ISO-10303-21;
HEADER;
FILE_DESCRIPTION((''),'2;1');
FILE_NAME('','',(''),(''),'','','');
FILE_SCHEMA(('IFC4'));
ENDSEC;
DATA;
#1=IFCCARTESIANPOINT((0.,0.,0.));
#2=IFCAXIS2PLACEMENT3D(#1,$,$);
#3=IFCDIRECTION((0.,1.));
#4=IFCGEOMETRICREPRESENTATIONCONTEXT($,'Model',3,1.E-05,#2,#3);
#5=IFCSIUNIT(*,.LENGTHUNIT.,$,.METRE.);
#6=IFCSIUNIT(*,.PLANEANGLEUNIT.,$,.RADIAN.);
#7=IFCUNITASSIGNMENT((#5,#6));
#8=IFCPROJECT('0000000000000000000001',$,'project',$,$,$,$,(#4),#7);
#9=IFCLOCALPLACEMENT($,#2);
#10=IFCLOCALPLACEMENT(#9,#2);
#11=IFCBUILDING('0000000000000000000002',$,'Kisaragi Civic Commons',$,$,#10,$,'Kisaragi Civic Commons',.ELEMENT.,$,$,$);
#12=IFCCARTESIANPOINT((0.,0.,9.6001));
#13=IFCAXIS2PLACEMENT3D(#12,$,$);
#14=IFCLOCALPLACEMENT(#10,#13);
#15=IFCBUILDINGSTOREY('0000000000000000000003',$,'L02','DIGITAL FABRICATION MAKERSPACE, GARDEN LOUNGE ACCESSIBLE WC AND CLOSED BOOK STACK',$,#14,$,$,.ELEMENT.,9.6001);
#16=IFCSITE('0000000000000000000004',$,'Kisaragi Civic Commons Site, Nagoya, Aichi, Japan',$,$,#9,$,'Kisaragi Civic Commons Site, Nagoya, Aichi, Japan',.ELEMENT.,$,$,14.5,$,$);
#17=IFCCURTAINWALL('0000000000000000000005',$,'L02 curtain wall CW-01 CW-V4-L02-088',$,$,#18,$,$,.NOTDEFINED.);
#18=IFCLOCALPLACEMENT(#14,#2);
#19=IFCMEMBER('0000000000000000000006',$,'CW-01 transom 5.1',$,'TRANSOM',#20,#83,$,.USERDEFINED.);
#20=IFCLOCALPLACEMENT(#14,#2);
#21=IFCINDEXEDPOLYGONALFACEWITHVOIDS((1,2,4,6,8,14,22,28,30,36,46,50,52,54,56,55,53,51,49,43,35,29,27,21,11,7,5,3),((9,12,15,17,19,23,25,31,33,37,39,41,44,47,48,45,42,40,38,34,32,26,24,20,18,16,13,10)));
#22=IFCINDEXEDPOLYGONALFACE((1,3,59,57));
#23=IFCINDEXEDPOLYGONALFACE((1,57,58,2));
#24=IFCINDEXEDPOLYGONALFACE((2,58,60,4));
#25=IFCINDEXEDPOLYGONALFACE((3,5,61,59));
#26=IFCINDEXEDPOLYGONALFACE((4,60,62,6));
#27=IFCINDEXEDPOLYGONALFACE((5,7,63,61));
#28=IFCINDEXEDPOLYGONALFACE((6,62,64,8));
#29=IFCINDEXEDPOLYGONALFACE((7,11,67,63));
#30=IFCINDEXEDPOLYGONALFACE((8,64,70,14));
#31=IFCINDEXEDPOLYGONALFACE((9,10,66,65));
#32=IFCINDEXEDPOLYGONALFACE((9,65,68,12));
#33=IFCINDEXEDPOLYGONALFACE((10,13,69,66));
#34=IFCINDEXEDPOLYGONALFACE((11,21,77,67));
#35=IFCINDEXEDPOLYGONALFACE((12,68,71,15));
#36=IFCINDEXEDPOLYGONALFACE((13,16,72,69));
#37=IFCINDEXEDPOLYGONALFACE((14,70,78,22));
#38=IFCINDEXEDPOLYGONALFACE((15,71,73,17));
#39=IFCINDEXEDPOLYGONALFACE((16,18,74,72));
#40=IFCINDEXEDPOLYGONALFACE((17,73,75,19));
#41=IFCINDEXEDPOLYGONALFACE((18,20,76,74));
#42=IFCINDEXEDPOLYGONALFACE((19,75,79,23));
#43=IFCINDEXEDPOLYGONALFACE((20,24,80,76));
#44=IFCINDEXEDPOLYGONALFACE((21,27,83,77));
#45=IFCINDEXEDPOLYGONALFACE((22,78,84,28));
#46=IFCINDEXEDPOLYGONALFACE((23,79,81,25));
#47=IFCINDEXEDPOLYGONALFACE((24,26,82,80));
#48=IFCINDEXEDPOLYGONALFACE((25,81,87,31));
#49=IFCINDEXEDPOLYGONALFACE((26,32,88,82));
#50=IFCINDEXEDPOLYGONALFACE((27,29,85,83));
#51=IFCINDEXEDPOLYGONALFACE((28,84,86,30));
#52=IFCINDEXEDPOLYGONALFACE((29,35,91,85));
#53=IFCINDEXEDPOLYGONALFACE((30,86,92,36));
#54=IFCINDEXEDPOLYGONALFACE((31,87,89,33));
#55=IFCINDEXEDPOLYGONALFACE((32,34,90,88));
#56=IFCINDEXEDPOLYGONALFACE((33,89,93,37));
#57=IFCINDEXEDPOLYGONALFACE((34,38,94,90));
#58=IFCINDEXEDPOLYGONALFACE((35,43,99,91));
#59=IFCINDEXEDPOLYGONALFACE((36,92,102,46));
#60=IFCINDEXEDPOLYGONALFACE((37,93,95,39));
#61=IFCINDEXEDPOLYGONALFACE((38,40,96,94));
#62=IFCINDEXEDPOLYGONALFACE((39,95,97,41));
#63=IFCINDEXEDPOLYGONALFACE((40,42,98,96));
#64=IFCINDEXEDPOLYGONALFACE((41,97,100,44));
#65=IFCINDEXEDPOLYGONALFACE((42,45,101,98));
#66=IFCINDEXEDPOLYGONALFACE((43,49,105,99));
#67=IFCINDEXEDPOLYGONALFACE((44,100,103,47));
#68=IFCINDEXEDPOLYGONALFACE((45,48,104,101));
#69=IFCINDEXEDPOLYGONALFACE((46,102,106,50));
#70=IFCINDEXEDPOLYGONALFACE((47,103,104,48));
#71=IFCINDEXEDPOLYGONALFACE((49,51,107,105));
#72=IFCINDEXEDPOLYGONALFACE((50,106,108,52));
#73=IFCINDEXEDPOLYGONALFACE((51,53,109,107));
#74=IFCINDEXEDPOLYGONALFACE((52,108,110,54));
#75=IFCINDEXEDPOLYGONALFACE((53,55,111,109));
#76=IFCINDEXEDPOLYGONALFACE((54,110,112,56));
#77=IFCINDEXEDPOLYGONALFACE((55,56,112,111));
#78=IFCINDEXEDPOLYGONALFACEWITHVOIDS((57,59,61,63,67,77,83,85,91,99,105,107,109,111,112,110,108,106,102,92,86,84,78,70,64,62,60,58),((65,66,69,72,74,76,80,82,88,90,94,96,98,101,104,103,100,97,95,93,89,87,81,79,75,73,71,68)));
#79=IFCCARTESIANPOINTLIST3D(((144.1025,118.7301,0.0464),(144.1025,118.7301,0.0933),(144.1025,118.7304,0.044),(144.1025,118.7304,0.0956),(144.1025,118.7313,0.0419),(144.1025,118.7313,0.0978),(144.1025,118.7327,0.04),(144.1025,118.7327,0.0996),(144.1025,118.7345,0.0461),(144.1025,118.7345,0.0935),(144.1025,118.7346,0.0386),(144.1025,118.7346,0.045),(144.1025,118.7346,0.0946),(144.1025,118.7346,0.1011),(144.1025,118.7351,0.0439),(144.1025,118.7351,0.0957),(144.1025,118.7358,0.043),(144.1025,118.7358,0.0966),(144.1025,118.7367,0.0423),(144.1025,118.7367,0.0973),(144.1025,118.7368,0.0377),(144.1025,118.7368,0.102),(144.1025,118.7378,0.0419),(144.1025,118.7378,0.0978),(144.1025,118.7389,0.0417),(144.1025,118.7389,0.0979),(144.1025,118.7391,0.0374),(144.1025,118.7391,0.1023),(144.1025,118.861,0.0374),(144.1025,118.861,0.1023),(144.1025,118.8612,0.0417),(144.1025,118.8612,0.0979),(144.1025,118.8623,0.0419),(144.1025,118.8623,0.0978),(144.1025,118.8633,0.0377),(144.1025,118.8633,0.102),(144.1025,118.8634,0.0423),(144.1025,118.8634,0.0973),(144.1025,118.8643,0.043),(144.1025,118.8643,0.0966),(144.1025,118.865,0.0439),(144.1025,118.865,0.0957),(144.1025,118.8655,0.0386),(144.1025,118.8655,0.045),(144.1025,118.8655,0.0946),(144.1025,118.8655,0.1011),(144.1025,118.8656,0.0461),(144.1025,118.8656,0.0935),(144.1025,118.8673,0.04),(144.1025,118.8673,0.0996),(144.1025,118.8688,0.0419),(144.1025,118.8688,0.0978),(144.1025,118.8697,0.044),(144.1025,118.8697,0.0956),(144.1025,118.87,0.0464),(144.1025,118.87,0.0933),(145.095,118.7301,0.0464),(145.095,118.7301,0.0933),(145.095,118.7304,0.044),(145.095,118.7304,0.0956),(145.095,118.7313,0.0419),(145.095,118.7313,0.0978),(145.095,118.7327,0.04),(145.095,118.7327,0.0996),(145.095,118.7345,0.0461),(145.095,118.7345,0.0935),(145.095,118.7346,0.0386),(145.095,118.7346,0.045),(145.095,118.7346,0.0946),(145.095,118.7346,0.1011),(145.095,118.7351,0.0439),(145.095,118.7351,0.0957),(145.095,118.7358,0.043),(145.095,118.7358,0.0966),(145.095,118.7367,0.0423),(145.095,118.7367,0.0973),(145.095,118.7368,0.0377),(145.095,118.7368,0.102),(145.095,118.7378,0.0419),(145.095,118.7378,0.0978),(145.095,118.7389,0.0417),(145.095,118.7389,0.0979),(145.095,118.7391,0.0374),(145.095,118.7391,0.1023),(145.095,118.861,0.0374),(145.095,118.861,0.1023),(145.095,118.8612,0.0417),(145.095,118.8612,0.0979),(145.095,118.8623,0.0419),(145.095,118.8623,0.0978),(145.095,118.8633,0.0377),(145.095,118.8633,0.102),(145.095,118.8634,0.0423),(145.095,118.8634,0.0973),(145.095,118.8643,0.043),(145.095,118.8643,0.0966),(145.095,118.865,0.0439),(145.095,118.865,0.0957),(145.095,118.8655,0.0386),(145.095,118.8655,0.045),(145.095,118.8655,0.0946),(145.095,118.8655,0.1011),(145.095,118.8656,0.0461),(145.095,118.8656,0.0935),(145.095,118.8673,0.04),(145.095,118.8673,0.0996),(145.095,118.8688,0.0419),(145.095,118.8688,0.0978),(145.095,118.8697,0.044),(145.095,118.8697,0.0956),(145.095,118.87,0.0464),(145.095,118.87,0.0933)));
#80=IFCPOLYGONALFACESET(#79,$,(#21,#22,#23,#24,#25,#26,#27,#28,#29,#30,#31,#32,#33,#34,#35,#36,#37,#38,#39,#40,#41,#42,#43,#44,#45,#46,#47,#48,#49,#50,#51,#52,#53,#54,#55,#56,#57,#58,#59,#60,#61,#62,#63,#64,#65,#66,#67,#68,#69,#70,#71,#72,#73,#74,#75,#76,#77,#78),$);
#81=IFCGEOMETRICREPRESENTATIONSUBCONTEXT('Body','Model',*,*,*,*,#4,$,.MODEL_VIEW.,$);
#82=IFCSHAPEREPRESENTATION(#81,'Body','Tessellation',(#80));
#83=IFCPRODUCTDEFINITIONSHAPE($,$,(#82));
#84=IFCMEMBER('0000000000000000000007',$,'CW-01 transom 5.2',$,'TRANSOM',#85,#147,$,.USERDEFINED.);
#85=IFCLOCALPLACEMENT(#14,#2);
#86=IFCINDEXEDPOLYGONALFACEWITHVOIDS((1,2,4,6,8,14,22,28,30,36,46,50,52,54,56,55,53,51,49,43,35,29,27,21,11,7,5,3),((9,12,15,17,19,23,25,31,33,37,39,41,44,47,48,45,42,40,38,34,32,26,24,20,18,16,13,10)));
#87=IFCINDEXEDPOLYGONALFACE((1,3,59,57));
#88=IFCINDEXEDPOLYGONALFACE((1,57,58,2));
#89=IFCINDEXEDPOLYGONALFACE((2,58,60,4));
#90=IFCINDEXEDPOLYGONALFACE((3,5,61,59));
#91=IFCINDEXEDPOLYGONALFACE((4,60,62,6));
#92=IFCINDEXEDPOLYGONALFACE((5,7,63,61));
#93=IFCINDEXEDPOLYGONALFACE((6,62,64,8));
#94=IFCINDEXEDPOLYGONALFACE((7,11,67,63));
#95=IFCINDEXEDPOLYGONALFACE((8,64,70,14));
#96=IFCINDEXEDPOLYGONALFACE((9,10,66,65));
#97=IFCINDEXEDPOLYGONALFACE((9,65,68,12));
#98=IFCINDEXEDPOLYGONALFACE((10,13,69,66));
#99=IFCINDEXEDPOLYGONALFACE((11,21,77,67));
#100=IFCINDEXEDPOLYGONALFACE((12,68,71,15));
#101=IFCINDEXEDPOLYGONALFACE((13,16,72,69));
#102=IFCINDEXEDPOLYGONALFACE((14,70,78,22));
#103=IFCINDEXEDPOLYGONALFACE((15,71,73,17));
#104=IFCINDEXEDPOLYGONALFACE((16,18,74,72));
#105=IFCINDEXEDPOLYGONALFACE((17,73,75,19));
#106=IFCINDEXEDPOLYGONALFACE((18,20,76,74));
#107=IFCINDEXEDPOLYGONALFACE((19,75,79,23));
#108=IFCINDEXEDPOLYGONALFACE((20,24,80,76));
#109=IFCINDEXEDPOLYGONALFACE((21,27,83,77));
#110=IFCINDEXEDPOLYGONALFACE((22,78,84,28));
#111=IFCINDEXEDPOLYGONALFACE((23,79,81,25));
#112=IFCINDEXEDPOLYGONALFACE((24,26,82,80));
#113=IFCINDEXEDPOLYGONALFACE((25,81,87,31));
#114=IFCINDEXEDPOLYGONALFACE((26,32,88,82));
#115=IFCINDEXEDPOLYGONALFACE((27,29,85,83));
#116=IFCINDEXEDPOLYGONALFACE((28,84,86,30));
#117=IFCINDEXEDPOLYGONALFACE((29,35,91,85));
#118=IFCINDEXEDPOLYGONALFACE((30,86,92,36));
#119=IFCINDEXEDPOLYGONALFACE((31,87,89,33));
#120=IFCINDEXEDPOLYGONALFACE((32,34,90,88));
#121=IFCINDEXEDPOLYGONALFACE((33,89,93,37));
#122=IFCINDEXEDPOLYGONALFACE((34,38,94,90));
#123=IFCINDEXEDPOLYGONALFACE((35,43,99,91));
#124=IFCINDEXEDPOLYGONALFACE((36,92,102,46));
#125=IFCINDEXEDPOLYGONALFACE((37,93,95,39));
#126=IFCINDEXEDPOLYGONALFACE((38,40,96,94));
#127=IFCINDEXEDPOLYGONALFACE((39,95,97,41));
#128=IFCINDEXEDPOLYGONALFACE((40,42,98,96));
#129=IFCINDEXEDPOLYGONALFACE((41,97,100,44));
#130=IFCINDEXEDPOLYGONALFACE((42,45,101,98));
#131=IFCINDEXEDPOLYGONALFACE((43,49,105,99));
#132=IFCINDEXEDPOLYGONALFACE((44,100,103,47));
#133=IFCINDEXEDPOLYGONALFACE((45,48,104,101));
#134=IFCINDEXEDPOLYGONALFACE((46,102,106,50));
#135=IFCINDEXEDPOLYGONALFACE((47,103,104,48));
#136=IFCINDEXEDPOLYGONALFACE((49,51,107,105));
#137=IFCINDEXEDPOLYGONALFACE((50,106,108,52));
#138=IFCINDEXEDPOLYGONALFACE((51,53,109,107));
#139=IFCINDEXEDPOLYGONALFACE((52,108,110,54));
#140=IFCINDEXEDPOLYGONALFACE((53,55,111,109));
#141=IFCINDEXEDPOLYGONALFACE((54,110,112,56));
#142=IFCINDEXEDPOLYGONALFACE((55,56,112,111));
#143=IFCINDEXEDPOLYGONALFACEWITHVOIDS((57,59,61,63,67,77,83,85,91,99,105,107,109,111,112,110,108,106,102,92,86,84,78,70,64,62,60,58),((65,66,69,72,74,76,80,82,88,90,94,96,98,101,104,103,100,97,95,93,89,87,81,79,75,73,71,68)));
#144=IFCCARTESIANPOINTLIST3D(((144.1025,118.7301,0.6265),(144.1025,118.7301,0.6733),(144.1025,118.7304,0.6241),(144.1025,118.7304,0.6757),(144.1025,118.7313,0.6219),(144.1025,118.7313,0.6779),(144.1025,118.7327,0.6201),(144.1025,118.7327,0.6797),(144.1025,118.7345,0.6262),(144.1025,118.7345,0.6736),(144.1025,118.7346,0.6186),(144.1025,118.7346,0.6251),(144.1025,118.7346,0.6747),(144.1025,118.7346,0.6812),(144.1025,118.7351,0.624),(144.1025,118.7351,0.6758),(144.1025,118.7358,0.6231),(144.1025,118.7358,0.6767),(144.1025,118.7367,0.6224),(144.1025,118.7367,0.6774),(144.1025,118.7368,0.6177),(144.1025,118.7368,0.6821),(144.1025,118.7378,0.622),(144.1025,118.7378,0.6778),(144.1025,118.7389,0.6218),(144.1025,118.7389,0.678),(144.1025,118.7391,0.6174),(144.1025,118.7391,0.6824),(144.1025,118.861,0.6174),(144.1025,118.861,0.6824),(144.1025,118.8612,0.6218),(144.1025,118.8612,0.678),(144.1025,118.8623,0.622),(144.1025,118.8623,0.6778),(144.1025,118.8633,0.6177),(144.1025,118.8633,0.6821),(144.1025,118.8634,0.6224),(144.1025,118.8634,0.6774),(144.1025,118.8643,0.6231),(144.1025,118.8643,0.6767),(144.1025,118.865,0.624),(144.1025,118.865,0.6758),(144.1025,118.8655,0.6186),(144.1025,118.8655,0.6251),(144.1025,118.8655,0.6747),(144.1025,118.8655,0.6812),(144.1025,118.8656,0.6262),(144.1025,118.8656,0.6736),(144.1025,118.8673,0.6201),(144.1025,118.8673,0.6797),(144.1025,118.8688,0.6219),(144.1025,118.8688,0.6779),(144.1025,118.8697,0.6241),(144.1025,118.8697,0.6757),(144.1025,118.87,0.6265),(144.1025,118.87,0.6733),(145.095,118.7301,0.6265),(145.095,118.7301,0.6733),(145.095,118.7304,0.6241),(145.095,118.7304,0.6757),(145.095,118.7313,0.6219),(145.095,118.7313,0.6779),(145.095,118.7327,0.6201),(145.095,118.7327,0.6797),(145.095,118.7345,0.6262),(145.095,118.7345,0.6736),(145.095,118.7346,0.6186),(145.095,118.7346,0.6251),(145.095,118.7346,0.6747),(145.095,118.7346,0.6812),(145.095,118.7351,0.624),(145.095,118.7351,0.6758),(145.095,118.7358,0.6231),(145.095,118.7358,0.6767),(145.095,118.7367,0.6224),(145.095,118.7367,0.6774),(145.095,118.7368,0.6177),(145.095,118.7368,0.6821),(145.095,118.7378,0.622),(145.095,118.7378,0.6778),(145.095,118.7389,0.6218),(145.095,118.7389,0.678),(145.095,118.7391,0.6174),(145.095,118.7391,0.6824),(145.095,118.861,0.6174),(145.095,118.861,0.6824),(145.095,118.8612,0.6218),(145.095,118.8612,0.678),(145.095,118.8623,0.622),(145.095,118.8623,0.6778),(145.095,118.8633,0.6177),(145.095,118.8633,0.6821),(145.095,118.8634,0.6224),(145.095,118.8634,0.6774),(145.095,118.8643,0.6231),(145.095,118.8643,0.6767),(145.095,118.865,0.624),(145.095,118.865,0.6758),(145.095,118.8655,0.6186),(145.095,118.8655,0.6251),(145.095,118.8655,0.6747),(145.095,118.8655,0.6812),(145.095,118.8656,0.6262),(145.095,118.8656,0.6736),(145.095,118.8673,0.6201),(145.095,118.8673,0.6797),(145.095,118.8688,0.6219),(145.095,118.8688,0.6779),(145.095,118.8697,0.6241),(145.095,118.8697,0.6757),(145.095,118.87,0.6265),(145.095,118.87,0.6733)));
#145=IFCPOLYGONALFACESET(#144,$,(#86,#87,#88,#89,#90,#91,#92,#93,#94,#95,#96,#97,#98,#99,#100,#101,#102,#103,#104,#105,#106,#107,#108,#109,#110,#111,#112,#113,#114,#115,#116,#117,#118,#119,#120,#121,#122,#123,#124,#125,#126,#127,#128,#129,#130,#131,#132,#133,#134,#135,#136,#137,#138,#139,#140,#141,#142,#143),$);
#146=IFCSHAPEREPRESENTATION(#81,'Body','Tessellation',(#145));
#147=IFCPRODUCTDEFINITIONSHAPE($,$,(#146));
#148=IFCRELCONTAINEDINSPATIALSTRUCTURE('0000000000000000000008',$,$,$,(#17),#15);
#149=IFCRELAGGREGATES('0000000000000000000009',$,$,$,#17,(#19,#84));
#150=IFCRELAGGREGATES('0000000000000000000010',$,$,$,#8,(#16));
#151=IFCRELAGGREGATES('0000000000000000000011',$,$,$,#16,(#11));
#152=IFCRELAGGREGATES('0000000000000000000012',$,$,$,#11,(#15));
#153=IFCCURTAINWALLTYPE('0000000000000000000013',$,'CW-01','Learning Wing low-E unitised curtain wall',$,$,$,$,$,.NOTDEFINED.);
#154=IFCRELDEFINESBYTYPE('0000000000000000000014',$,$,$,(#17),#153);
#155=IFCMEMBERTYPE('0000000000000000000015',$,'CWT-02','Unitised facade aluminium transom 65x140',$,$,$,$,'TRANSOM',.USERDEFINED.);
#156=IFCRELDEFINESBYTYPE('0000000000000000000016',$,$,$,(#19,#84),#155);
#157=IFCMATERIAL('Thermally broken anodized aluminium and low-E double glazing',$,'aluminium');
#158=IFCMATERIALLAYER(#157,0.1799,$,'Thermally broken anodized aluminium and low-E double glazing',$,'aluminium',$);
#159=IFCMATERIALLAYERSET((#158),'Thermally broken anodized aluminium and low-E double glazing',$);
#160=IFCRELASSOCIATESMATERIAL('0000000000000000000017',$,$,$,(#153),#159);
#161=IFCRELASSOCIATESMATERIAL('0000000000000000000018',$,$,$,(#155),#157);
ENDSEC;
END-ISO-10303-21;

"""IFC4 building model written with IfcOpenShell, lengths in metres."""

from ifc_helpers import new_model, si_unit, direction, frame, origin, origin_2d, place, context, subcontext, project, spatial, hollow_rectangle, extrude, material, layer, layer_set, material_profile, profile_set, type_object, element, aggregate, save


model = new_model("IFC4")

# Units and contexts
model_context = context("Model", 3, precision=1e-05, world=origin(), true_north=direction((0.0, 1.0)))
body_context = subcontext(model_context, "Body", "Model", "MODEL_VIEW")
ifc_project = project(units=[si_unit("LENGTHUNIT", "METRE"), si_unit("PLANEANGLEUNIT", "RADIAN")], contexts=[model_context])

# Site, building, storey
site_placement = place(None, origin())
site = spatial("IfcSite", under=ifc_project, at=site_placement, Name="Kisaragi Civic Commons Site, Nagoya, Aichi, Japan", LongName="Kisaragi Civic Commons Site, Nagoya, Aichi, Japan", CompositionType="ELEMENT", RefElevation=14.5)
building_placement = place(site_placement, origin())
building = spatial("IfcBuilding", under=site, at=building_placement, Name="Kisaragi Civic Commons", LongName="Kisaragi Civic Commons", CompositionType="ELEMENT")
storey_placement = place(building_placement, frame((0.0, 0.0, 9.6001)))
storey = spatial("IfcBuildingStorey", under=building, at=storey_placement, Name="L02", Description="DIGITAL FABRICATION MAKERSPACE, GARDEN LOUNGE ACCESSIBLE WC AND CLOSED BOOK STACK", CompositionType="ELEMENT", Elevation=9.6001)

# Curtain wall, members
ifc_material_1 = material(Name="Thermally broken anodized aluminium and low-E double glazing", Category="aluminium")
ifc_layer_1 = layer(ifc_material_1, 0.1799, Name="Thermally broken anodized aluminium and low-E double glazing", Category="aluminium")
ifc_layer_set_1 = layer_set([ifc_layer_1], Name="Thermally broken anodized aluminium and low-E double glazing")
curtain_wall_type = type_object("IfcCurtainWallType", Name="CW-01", Description="Learning Wing low-E unitised curtain wall", PredefinedType="NOTDEFINED", material=ifc_layer_set_1)
curtain_wall_placement = place(storey_placement, origin())
curtain_wall = element("IfcCurtainWall", 1, at=curtain_wall_placement, inside=storey, type_object=curtain_wall_type, Name="L02 curtain wall CW-01 CW-V4-L02-088", PredefinedType="NOTDEFINED")
ifc_material_profile_1 = material_profile(ifc_material_1, hollow_rectangle(XDim=0.1399, YDim=0.0649, WallThickness=0.0044, InnerFilletRadius=0.0044, OuterFilletRadius=0.009, at=origin_2d()), Name="CWT-65x140x4.5", Category="aluminium")
ifc_profile_set_1 = profile_set([ifc_material_profile_1], Name="Thermally broken anodized aluminium and low-E double glazing")
member_type_1 = type_object("IfcMemberType", Name="CWT-02", Description="Unitised facade aluminium transom 65x140", ElementType="TRANSOM", PredefinedType="USERDEFINED", material=ifc_profile_set_1)
member_1_placement = place(storey_placement, frame((144.1025, 118.8, 0.0698), z_axis=(1.0, 0.0, 0.0), x_axis=(0.0, 1.0, 0.0)))
member_1 = element("IfcMember", 2, at=member_1_placement, type_object=member_type_1, Name="CW-01 transom 5.1", ObjectType="TRANSOM", PredefinedType="USERDEFINED", context=body_context, shape_type="SweptSolid", body=[
    extrude(hollow_rectangle(XDim=0.1399, YDim=0.0649, WallThickness=0.0044, InnerFilletRadius=0.0044, OuterFilletRadius=0.009, at=origin_2d()), origin(), (0.0, 0.0, 1.0), 0.9924),
])
member_2_placement = place(storey_placement, frame((144.1025, 118.8, 0.6499), z_axis=(1.0, 0.0, 0.0), x_axis=(0.0, 1.0, 0.0)))
member_2 = element("IfcMember", 3, at=member_2_placement, type_object=member_type_1, Name="CW-01 transom 5.2", ObjectType="TRANSOM", PredefinedType="USERDEFINED", context=body_context, shape_type="SweptSolid", body=[
    extrude(hollow_rectangle(XDim=0.1399, YDim=0.0649, WallThickness=0.0044, InnerFilletRadius=0.0044, OuterFilletRadius=0.009, at=origin_2d()), origin(), (0.0, 0.0, 1.0), 0.9924),
])
aggregate(curtain_wall, [member_1, member_2])

save(model, "model.ifc")
